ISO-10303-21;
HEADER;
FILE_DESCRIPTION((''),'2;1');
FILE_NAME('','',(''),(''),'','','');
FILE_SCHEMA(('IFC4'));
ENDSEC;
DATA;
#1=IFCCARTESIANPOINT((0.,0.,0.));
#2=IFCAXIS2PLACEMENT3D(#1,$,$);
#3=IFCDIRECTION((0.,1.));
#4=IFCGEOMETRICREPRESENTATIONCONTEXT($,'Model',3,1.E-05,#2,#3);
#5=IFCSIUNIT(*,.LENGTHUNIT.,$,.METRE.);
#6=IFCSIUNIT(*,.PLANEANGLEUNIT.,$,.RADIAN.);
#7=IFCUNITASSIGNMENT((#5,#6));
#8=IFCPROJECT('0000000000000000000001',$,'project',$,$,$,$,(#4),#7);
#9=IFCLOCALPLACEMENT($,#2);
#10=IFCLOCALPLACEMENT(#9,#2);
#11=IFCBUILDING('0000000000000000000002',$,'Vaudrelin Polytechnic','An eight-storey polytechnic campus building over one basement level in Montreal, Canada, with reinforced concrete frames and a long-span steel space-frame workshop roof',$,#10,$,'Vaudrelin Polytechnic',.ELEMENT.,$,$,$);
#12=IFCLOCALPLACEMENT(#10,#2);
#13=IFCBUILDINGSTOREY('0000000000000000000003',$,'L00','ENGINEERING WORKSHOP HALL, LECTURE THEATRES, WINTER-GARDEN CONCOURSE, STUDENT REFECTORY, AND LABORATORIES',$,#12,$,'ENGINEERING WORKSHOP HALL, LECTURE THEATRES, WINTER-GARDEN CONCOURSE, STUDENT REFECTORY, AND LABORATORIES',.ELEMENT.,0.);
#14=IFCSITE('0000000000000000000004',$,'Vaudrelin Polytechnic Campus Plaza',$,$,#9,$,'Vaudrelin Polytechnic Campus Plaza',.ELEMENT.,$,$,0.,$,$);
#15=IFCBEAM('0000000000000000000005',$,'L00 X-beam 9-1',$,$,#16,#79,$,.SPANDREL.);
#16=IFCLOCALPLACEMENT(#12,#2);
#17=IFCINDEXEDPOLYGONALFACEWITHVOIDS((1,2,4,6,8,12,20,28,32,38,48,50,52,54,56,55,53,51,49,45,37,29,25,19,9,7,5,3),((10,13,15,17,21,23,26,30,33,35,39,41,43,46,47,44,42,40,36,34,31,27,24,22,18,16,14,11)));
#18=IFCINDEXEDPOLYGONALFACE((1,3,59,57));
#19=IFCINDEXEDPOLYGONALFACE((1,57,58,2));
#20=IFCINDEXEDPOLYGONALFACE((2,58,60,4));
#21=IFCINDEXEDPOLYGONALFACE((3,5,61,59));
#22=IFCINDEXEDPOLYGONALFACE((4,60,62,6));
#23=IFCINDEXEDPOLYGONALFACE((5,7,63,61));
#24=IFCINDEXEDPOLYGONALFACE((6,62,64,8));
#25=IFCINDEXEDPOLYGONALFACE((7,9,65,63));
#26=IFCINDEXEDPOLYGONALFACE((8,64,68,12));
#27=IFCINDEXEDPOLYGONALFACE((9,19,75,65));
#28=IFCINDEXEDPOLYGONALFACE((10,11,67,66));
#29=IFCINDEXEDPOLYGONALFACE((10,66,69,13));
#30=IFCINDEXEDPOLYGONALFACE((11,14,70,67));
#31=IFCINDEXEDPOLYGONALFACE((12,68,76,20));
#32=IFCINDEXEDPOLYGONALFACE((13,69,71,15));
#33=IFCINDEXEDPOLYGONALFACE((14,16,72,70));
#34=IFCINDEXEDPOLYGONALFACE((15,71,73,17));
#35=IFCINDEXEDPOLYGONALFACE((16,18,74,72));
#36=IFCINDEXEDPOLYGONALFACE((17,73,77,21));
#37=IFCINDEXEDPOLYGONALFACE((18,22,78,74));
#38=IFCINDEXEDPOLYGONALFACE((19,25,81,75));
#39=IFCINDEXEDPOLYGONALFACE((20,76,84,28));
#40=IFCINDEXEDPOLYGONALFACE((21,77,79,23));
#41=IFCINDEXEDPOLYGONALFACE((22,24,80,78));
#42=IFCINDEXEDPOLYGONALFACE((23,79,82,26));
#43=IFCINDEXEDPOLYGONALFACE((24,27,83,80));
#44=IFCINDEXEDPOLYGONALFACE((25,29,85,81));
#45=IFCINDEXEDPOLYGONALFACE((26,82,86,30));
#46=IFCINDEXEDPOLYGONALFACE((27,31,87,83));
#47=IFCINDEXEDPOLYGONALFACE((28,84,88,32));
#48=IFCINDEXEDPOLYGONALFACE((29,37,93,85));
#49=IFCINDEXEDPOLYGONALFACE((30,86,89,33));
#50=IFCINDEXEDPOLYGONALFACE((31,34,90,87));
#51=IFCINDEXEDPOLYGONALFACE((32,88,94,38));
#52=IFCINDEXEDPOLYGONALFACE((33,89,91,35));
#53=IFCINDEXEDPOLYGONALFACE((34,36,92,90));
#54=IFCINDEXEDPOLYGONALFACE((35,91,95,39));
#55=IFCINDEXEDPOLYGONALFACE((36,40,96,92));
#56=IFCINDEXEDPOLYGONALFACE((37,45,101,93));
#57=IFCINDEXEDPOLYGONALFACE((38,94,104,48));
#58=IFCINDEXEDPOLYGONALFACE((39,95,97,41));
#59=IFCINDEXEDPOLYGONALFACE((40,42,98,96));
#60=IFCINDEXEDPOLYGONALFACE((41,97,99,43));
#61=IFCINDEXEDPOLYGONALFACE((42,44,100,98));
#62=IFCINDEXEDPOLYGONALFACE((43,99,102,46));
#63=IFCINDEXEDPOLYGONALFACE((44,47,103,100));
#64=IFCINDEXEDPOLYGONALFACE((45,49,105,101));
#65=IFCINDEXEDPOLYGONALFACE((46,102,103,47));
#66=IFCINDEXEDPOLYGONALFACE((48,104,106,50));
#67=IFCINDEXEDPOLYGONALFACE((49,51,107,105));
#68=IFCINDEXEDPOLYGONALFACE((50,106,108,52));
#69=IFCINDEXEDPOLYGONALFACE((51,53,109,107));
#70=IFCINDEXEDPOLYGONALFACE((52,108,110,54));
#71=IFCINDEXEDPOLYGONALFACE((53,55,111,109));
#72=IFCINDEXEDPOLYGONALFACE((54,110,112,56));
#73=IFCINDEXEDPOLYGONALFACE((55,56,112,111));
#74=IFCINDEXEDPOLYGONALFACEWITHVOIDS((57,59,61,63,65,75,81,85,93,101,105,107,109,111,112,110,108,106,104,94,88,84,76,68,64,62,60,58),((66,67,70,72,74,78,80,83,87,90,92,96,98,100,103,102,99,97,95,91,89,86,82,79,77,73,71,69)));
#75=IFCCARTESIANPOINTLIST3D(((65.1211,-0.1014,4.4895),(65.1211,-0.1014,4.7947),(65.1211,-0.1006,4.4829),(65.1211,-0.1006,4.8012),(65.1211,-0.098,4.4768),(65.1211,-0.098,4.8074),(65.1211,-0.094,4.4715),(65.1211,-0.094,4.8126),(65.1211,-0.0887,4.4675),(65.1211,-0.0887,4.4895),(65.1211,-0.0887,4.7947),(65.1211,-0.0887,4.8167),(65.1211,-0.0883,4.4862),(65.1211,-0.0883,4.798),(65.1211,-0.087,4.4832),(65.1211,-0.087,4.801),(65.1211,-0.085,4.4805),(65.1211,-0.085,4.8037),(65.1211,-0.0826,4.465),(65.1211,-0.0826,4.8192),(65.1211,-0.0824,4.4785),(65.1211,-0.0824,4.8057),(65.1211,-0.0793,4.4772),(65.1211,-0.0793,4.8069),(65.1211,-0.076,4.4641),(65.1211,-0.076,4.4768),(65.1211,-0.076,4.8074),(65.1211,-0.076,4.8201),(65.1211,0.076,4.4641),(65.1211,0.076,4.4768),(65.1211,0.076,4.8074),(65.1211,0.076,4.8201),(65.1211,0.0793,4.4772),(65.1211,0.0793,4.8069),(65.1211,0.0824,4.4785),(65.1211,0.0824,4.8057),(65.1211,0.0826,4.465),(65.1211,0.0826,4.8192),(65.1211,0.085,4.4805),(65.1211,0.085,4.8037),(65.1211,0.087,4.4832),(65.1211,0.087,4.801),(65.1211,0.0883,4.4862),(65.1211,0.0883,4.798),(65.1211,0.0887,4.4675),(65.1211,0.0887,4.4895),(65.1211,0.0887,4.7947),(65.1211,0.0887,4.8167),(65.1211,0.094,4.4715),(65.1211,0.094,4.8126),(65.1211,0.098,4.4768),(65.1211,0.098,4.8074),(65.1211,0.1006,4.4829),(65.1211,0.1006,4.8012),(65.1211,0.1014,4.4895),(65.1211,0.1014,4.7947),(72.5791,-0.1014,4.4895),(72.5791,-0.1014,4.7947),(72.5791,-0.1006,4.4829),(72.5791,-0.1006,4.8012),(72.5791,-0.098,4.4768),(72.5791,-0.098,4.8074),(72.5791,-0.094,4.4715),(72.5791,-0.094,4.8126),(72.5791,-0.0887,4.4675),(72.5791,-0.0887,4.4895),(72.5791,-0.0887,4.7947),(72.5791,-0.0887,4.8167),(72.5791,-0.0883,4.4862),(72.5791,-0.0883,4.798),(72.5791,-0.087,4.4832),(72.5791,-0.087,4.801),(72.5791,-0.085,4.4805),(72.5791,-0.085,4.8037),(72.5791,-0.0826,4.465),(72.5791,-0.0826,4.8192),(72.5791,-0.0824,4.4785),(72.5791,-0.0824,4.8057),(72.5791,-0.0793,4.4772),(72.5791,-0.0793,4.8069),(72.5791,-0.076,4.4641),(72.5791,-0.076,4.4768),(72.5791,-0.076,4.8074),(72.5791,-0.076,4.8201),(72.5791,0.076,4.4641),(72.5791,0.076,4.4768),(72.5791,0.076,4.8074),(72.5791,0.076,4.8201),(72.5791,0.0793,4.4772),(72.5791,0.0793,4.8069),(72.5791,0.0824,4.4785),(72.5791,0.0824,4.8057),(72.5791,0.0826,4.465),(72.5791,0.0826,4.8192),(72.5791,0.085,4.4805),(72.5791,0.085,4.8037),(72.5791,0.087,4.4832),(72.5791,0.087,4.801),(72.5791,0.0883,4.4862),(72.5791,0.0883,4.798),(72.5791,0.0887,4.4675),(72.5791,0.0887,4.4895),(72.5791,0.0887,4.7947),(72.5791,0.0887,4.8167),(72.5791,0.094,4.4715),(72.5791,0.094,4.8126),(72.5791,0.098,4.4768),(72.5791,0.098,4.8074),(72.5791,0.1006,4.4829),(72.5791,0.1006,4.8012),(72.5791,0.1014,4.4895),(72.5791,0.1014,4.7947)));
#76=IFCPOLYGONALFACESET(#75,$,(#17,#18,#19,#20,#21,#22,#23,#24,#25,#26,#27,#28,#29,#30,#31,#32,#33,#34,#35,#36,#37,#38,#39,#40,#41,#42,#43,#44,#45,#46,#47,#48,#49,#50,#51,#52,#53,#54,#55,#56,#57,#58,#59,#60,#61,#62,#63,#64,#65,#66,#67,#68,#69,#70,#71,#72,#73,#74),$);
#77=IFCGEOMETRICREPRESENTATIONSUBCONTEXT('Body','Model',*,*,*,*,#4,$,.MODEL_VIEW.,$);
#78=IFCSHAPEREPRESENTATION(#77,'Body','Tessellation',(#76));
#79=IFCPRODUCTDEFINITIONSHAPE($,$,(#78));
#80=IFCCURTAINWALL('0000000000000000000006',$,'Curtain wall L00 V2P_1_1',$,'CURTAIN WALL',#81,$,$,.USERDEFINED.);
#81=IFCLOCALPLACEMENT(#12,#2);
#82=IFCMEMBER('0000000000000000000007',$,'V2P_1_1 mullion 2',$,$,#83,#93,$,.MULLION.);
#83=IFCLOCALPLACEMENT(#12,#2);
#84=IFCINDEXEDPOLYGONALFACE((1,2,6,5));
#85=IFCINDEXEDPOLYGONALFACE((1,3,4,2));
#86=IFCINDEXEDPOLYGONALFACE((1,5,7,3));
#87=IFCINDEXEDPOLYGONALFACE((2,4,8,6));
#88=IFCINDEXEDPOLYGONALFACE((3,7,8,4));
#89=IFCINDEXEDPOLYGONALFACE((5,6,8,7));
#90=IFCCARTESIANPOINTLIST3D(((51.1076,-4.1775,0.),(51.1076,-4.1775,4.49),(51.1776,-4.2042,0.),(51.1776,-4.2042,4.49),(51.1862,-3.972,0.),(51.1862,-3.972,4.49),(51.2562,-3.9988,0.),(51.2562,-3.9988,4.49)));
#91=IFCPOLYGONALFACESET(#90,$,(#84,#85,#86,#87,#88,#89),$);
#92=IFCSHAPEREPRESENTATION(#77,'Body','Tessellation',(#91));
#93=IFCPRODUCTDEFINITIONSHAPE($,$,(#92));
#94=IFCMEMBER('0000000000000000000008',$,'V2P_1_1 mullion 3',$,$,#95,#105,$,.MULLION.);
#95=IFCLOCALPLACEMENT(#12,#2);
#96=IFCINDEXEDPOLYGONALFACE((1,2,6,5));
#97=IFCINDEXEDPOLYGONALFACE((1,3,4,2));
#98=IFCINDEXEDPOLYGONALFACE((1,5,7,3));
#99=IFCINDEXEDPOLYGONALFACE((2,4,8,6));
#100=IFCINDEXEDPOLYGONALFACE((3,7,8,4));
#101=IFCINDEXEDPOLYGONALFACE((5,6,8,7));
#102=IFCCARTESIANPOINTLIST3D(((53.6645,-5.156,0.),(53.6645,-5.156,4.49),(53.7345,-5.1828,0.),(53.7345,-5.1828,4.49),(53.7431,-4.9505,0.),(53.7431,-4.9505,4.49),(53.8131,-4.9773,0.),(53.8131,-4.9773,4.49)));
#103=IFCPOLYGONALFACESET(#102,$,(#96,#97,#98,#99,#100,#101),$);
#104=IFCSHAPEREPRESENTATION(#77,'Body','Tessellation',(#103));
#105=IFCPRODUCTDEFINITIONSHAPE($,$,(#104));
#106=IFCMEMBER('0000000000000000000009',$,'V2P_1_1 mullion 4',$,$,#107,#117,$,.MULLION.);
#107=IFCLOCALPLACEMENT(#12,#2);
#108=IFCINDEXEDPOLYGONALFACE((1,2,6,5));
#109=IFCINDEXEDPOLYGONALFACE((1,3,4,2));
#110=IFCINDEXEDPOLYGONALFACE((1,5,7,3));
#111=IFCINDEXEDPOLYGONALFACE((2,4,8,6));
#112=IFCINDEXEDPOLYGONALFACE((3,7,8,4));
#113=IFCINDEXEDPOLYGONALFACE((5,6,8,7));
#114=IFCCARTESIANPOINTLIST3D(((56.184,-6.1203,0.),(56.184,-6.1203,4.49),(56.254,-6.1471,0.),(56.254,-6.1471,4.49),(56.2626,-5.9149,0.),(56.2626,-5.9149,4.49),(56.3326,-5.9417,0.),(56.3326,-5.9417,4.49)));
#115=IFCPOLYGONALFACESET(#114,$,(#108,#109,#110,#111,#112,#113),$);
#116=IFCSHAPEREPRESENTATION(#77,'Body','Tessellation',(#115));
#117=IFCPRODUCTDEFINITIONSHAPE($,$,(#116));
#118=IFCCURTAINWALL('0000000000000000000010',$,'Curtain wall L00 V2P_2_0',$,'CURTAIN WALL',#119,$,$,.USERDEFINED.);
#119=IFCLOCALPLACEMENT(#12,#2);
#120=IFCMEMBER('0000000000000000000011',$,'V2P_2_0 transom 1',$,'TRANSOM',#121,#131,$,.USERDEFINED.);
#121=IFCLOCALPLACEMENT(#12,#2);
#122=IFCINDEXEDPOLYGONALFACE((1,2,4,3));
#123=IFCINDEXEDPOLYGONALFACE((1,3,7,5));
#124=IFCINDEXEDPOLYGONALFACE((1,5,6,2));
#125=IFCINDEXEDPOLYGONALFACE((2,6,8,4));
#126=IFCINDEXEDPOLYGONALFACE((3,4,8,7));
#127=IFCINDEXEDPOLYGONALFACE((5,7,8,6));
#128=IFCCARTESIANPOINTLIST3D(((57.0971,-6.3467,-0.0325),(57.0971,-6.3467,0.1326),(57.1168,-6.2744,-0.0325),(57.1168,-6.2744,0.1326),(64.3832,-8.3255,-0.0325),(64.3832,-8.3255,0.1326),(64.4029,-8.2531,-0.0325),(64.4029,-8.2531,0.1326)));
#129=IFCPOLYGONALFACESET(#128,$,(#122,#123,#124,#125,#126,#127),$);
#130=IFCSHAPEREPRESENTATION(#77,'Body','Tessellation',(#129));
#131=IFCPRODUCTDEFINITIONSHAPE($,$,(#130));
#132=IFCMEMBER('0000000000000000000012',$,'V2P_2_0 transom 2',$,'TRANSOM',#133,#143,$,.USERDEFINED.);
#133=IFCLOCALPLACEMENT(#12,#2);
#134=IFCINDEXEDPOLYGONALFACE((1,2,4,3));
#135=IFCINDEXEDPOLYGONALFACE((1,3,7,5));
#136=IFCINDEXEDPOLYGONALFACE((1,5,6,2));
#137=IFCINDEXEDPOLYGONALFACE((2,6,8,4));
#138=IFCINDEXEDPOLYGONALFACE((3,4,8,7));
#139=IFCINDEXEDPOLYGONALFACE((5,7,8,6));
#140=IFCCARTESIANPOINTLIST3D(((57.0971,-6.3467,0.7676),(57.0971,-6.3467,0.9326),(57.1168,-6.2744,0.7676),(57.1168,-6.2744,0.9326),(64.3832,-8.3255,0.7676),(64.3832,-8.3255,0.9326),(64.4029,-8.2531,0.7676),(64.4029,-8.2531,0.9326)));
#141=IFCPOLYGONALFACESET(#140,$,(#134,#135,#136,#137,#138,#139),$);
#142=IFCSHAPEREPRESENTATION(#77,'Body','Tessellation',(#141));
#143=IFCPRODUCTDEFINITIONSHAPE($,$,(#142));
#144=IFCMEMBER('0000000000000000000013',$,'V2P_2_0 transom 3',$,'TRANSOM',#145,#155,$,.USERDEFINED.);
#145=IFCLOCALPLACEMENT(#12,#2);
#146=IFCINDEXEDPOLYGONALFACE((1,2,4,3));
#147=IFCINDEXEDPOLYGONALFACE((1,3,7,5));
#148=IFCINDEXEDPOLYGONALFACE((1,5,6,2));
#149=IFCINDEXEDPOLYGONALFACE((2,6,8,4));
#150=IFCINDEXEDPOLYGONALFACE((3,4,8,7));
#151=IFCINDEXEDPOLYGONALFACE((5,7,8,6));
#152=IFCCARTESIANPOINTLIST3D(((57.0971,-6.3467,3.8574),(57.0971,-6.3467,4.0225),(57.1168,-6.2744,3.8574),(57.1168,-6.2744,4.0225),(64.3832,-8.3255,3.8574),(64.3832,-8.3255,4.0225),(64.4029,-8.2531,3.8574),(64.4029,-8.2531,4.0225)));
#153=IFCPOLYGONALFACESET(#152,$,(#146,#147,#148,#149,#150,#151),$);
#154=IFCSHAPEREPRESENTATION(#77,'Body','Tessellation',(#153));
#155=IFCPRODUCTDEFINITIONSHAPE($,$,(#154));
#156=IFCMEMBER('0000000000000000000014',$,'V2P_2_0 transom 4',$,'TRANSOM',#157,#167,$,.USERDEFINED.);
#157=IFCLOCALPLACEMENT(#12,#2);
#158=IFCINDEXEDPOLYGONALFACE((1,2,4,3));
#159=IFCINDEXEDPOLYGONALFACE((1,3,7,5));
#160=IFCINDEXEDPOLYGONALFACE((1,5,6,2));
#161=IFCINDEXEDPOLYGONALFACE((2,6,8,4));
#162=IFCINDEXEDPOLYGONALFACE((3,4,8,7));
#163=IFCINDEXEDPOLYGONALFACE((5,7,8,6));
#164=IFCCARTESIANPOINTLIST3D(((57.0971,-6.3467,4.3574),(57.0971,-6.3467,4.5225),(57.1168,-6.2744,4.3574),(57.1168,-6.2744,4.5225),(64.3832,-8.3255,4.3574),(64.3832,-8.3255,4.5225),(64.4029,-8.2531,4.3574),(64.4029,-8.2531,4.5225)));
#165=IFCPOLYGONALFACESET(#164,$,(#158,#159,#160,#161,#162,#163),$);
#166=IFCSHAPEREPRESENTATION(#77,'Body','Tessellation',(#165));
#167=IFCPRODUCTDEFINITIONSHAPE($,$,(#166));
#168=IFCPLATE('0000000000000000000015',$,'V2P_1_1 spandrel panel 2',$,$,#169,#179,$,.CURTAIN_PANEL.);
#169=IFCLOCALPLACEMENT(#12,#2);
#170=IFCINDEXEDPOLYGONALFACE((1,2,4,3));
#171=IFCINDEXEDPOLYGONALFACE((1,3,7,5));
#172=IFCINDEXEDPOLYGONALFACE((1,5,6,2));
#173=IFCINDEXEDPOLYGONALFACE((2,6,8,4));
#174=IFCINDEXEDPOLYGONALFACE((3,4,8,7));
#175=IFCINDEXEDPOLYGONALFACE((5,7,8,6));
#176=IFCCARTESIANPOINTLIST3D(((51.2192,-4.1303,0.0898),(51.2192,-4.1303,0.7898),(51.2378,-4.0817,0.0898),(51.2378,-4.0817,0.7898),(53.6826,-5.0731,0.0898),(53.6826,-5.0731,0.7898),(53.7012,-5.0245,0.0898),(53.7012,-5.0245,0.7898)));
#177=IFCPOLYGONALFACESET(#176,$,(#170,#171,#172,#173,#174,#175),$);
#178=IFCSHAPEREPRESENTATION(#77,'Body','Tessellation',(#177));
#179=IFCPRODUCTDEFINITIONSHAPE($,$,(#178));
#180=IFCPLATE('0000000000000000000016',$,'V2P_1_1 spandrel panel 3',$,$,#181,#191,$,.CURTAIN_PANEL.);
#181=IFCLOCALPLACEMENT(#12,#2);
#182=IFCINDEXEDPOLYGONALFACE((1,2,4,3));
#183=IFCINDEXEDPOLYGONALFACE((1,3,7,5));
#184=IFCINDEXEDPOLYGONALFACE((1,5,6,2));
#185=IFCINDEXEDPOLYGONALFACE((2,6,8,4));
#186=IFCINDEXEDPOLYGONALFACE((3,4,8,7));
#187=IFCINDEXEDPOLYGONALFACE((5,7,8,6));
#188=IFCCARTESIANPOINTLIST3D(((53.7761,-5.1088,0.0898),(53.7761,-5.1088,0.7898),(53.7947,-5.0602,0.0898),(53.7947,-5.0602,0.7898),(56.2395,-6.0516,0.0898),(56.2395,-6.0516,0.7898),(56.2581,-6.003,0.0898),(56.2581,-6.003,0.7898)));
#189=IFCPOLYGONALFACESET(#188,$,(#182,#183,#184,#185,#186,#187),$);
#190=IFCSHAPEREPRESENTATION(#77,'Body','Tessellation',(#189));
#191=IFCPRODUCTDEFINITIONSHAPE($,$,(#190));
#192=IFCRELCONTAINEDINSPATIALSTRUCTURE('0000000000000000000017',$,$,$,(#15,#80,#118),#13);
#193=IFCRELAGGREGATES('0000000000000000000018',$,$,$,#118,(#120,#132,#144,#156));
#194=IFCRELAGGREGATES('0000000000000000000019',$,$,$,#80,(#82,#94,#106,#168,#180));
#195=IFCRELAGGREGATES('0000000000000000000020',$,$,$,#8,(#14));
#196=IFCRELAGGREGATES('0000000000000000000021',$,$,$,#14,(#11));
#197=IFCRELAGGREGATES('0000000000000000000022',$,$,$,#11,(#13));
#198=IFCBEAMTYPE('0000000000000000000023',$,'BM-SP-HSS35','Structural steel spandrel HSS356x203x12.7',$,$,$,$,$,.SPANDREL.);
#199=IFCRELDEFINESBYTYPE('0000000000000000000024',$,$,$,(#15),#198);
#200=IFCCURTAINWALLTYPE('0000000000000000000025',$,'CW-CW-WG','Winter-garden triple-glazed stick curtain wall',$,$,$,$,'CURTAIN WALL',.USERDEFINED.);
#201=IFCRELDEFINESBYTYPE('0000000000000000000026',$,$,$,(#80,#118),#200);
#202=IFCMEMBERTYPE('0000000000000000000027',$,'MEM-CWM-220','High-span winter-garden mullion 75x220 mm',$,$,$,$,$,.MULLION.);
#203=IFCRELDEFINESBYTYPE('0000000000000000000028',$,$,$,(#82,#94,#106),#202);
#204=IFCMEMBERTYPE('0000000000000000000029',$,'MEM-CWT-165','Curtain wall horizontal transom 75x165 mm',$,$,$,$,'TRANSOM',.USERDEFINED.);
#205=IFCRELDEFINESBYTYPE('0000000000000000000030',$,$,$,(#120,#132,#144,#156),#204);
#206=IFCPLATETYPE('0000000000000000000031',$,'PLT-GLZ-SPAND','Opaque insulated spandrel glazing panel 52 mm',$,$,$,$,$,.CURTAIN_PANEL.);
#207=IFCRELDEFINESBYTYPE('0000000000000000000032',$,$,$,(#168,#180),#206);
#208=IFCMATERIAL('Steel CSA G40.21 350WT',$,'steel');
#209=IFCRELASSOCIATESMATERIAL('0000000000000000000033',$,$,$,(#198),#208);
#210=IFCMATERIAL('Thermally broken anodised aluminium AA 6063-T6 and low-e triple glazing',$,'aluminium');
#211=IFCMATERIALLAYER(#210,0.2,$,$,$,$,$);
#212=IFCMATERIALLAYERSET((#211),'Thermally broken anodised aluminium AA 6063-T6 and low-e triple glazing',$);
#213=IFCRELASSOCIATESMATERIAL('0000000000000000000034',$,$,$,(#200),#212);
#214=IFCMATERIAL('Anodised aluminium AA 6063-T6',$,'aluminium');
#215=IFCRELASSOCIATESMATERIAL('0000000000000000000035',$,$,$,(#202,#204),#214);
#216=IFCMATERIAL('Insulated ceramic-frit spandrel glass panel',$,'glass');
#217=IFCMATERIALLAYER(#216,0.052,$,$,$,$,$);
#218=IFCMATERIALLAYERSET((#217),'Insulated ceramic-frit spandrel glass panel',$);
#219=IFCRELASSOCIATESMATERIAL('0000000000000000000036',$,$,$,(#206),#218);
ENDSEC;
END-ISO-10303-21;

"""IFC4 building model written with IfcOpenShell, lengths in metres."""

from ifc_helpers import new_model, si_unit, direction, frame, origin, origin_2d, place, context, subcontext, project, spatial, rectangle, hollow_rectangle, extrude, material, layer, layer_set, material_profile, profile_set, type_object, element, aggregate, save


model = new_model("IFC4")

# Units and contexts
model_context = context("Model", 3, precision=1e-05, world=origin(), true_north=direction((0.0, 1.0)))
body_context = subcontext(model_context, "Body", "Model", "MODEL_VIEW")
ifc_project = project(units=[si_unit("LENGTHUNIT", "METRE"), si_unit("PLANEANGLEUNIT", "RADIAN")], contexts=[model_context])

# Site, building, storey
site_placement = place(None, origin())
site = spatial("IfcSite", under=ifc_project, at=site_placement, Name="Vaudrelin Polytechnic Campus Plaza", LongName="Vaudrelin Polytechnic Campus Plaza", CompositionType="ELEMENT", RefElevation=0.0)
building_placement = place(site_placement, origin())
building = spatial("IfcBuilding", under=site, at=building_placement, Name="Vaudrelin Polytechnic", Description="An eight-storey polytechnic campus building over one basement level in Montreal, Canada, with reinforced concrete frames and a long-span steel space-frame workshop roof", LongName="Vaudrelin Polytechnic", CompositionType="ELEMENT")
storey_placement = place(building_placement, origin())
storey = spatial("IfcBuildingStorey", under=building, at=storey_placement, Name="L00", Description="ENGINEERING WORKSHOP HALL, LECTURE THEATRES, WINTER-GARDEN CONCOURSE, STUDENT REFECTORY, AND LABORATORIES", LongName="ENGINEERING WORKSHOP HALL, LECTURE THEATRES, WINTER-GARDEN CONCOURSE, STUDENT REFECTORY, AND LABORATORIES", CompositionType="ELEMENT", Elevation=0.0)

# Beam
ifc_material_1 = material(Name="Steel CSA G40.21 350WT", Category="steel")
ifc_material_profile_1 = material_profile(ifc_material_1, hollow_rectangle(XDim=0.2029, YDim=0.356, WallThickness=0.0127, InnerFilletRadius=0.0127, OuterFilletRadius=0.0254, at=origin_2d()), Name="HSS356x203x12.7")
ifc_profile_set_1 = profile_set([ifc_material_profile_1], Name="Steel CSA G40.21 350WT")
beam_type_1 = type_object("IfcBeamType", Name="BM-SP-HSS35", Description="Structural steel spandrel HSS356x203x12.7", PredefinedType="SPANDREL", material=ifc_profile_set_1)
beam_1_placement = place(storey_placement, frame((65.1211, 0.0, 4.6421), z_axis=(1.0, 0.0, 0.0), x_axis=(0.0, 1.0, 0.0)))
element("IfcBeam", 1, at=beam_1_placement, inside=storey, type_object=beam_type_1, Name="L00 X-beam 9-1", PredefinedType="SPANDREL", context=body_context, shape_type="SweptSolid", body=[
    extrude(hollow_rectangle(XDim=0.2029, YDim=0.356, WallThickness=0.0127, InnerFilletRadius=0.0127, OuterFilletRadius=0.0254, at=origin_2d()), origin(), (0.0, 0.0, 1.0), 7.458),
])

# Curtain walls, members
ifc_material_2 = material(Name="Thermally broken anodised aluminium AA 6063-T6 and low-e triple glazing", Category="aluminium")
ifc_layer_1 = layer(ifc_material_2, 0.2)
ifc_layer_set_1 = layer_set([ifc_layer_1], Name="Thermally broken anodised aluminium AA 6063-T6 and low-e triple glazing")
curtain_wall_type = type_object("IfcCurtainWallType", Name="CW-CW-WG", Description="Winter-garden triple-glazed stick curtain wall", ElementType="CURTAIN WALL", PredefinedType="USERDEFINED", material=ifc_layer_set_1)
curtain_wall_1_placement = place(storey_placement, origin())
curtain_wall_1 = element("IfcCurtainWall", 2, at=curtain_wall_1_placement, inside=storey, type_object=curtain_wall_type, Name="Curtain wall L00 V2P_1_1", ObjectType="CURTAIN WALL", PredefinedType="USERDEFINED")
ifc_material_3 = material(Name="Anodised aluminium AA 6063-T6", Category="aluminium")
ifc_material_profile_2 = material_profile(ifc_material_3, rectangle(XDim=0.075, YDim=0.22, at=origin_2d()), Name="CWM-75x220")
ifc_profile_set_2 = profile_set([ifc_material_profile_2], Name="Anodised aluminium AA 6063-T6")
member_type_1 = type_object("IfcMemberType", Name="MEM-CWM-220", Description="High-span winter-garden mullion 75x220 mm", PredefinedType="MULLION", material=ifc_profile_set_2)
member_1_placement = place(storey_placement, frame((51.1819, -4.0881, 0.0), z_axis=(0.0, 0.0, 1.0), x_axis=(0.933941, -0.357427, 0.0)))
member_1 = element("IfcMember", 3, at=member_1_placement, type_object=member_type_1, Name="V2P_1_1 mullion 2", PredefinedType="MULLION", context=body_context, shape_type="SweptSolid", body=[
    extrude(rectangle(XDim=0.075, YDim=0.22, at=origin_2d()), origin(), (0.0, 0.0, 1.0), 4.49),
])
member_2_placement = place(storey_placement, frame((53.7388, -5.0667, 0.0), z_axis=(0.0, 0.0, 1.0), x_axis=(0.933941, -0.357427, 0.0)))
member_2 = element("IfcMember", 4, at=member_2_placement, type_object=member_type_1, Name="V2P_1_1 mullion 3", PredefinedType="MULLION", context=body_context, shape_type="SweptSolid", body=[
    extrude(rectangle(XDim=0.075, YDim=0.22, at=origin_2d()), origin(), (0.0, 0.0, 1.0), 4.49),
])
member_3_placement = place(storey_placement, frame((56.2583, -6.031, 0.0), z_axis=(0.0, 0.0, 1.0), x_axis=(0.933941, -0.357427, 0.0)))
member_3 = element("IfcMember", 5, at=member_3_placement, type_object=member_type_1, Name="V2P_1_1 mullion 4", PredefinedType="MULLION", context=body_context, shape_type="SweptSolid", body=[
    extrude(rectangle(XDim=0.075, YDim=0.22, at=origin_2d()), origin(), (0.0, 0.0, 1.0), 4.49),
])
curtain_wall_2_placement = place(storey_placement, origin())
curtain_wall_2 = element("IfcCurtainWall", 6, at=curtain_wall_2_placement, inside=storey, type_object=curtain_wall_type, Name="Curtain wall L00 V2P_2_0", ObjectType="CURTAIN WALL", PredefinedType="USERDEFINED")
ifc_material_profile_3 = material_profile(ifc_material_3, rectangle(XDim=0.075, YDim=0.165, at=origin_2d()), Name="CWT-75x165")
ifc_profile_set_3 = profile_set([ifc_material_profile_3], Name="Anodised aluminium AA 6063-T6")
member_type_2 = type_object("IfcMemberType", Name="MEM-CWT-165", Description="Curtain wall horizontal transom 75x165 mm", ElementType="TRANSOM", PredefinedType="USERDEFINED", material=ifc_profile_set_3)
member_4_placement = place(storey_placement, frame((57.1069, -6.3105, 0.05), z_axis=(0.965045, -0.262086, 0.0), x_axis=(0.262086, 0.965045, 0.0)))
member_4 = element("IfcMember", 7, at=member_4_placement, type_object=member_type_2, Name="V2P_2_0 transom 1", ObjectType="TRANSOM", PredefinedType="USERDEFINED", context=body_context, shape_type="SweptSolid", body=[
    extrude(rectangle(XDim=0.075, YDim=0.165, at=origin_2d()), origin(), (0.0, 0.0, 1.0), 7.55),
])
member_5_placement = place(storey_placement, frame((57.1069, -6.3105, 0.8501), z_axis=(0.965045, -0.262086, 0.0), x_axis=(0.262086, 0.965045, 0.0)))
member_5 = element("IfcMember", 8, at=member_5_placement, type_object=member_type_2, Name="V2P_2_0 transom 2", ObjectType="TRANSOM", PredefinedType="USERDEFINED", context=body_context, shape_type="SweptSolid", body=[
    extrude(rectangle(XDim=0.075, YDim=0.165, at=origin_2d()), origin(), (0.0, 0.0, 1.0), 7.55),
])
member_6_placement = place(storey_placement, frame((57.1069, -6.3105, 3.9399), z_axis=(0.965045, -0.262086, 0.0), x_axis=(0.262086, 0.965045, 0.0)))
member_6 = element("IfcMember", 9, at=member_6_placement, type_object=member_type_2, Name="V2P_2_0 transom 3", ObjectType="TRANSOM", PredefinedType="USERDEFINED", context=body_context, shape_type="SweptSolid", body=[
    extrude(rectangle(XDim=0.075, YDim=0.165, at=origin_2d()), origin(), (0.0, 0.0, 1.0), 7.55),
])
member_7_placement = place(storey_placement, frame((57.1069, -6.3105, 4.4399), z_axis=(0.965045, -0.262086, 0.0), x_axis=(0.262086, 0.965045, 0.0)))
member_7 = element("IfcMember", 10, at=member_7_placement, type_object=member_type_2, Name="V2P_2_0 transom 4", ObjectType="TRANSOM", PredefinedType="USERDEFINED", context=body_context, shape_type="SweptSolid", body=[
    extrude(rectangle(XDim=0.075, YDim=0.165, at=origin_2d()), origin(), (0.0, 0.0, 1.0), 7.55),
])
aggregate(curtain_wall_2, [member_4, member_5, member_6, member_7])

# Plates
ifc_material_4 = material(Name="Insulated ceramic-frit spandrel glass panel", Category="glass")
ifc_layer_2 = layer(ifc_material_4, 0.052)
ifc_layer_set_2 = layer_set([ifc_layer_2], Name="Insulated ceramic-frit spandrel glass panel")
plate_type_1 = type_object("IfcPlateType", Name="PLT-GLZ-SPAND", Description="Opaque insulated spandrel glazing panel 52 mm", PredefinedType="CURTAIN_PANEL", material=ifc_layer_set_2)
plate_1_placement = place(storey_placement, frame((52.4602, -4.5774, 0.0898), z_axis=(0.0, 0.0, 1.0), x_axis=(0.933941, -0.357427, 0.0)))
plate_1 = element("IfcPlate", 11, at=plate_1_placement, type_object=plate_type_1, Name="V2P_1_1 spandrel panel 2", PredefinedType="CURTAIN_PANEL", context=body_context, shape_type="SweptSolid", body=[
    extrude(rectangle(XDim=2.6377, YDim=0.052, at=origin_2d()), origin(), (0.0, 0.0, 1.0), 0.7),
])
plate_2_placement = place(storey_placement, frame((55.0171, -5.5559, 0.0898), z_axis=(0.0, 0.0, 1.0), x_axis=(0.933941, -0.357427, 0.0)))
plate_2 = element("IfcPlate", 12, at=plate_2_placement, type_object=plate_type_1, Name="V2P_1_1 spandrel panel 3", PredefinedType="CURTAIN_PANEL", context=body_context, shape_type="SweptSolid", body=[
    extrude(rectangle(XDim=2.6377, YDim=0.052, at=origin_2d()), origin(), (0.0, 0.0, 1.0), 0.7),
])
aggregate(curtain_wall_1, [member_1, member_2, member_3, plate_1, plate_2])

save(model, "model.ifc")
